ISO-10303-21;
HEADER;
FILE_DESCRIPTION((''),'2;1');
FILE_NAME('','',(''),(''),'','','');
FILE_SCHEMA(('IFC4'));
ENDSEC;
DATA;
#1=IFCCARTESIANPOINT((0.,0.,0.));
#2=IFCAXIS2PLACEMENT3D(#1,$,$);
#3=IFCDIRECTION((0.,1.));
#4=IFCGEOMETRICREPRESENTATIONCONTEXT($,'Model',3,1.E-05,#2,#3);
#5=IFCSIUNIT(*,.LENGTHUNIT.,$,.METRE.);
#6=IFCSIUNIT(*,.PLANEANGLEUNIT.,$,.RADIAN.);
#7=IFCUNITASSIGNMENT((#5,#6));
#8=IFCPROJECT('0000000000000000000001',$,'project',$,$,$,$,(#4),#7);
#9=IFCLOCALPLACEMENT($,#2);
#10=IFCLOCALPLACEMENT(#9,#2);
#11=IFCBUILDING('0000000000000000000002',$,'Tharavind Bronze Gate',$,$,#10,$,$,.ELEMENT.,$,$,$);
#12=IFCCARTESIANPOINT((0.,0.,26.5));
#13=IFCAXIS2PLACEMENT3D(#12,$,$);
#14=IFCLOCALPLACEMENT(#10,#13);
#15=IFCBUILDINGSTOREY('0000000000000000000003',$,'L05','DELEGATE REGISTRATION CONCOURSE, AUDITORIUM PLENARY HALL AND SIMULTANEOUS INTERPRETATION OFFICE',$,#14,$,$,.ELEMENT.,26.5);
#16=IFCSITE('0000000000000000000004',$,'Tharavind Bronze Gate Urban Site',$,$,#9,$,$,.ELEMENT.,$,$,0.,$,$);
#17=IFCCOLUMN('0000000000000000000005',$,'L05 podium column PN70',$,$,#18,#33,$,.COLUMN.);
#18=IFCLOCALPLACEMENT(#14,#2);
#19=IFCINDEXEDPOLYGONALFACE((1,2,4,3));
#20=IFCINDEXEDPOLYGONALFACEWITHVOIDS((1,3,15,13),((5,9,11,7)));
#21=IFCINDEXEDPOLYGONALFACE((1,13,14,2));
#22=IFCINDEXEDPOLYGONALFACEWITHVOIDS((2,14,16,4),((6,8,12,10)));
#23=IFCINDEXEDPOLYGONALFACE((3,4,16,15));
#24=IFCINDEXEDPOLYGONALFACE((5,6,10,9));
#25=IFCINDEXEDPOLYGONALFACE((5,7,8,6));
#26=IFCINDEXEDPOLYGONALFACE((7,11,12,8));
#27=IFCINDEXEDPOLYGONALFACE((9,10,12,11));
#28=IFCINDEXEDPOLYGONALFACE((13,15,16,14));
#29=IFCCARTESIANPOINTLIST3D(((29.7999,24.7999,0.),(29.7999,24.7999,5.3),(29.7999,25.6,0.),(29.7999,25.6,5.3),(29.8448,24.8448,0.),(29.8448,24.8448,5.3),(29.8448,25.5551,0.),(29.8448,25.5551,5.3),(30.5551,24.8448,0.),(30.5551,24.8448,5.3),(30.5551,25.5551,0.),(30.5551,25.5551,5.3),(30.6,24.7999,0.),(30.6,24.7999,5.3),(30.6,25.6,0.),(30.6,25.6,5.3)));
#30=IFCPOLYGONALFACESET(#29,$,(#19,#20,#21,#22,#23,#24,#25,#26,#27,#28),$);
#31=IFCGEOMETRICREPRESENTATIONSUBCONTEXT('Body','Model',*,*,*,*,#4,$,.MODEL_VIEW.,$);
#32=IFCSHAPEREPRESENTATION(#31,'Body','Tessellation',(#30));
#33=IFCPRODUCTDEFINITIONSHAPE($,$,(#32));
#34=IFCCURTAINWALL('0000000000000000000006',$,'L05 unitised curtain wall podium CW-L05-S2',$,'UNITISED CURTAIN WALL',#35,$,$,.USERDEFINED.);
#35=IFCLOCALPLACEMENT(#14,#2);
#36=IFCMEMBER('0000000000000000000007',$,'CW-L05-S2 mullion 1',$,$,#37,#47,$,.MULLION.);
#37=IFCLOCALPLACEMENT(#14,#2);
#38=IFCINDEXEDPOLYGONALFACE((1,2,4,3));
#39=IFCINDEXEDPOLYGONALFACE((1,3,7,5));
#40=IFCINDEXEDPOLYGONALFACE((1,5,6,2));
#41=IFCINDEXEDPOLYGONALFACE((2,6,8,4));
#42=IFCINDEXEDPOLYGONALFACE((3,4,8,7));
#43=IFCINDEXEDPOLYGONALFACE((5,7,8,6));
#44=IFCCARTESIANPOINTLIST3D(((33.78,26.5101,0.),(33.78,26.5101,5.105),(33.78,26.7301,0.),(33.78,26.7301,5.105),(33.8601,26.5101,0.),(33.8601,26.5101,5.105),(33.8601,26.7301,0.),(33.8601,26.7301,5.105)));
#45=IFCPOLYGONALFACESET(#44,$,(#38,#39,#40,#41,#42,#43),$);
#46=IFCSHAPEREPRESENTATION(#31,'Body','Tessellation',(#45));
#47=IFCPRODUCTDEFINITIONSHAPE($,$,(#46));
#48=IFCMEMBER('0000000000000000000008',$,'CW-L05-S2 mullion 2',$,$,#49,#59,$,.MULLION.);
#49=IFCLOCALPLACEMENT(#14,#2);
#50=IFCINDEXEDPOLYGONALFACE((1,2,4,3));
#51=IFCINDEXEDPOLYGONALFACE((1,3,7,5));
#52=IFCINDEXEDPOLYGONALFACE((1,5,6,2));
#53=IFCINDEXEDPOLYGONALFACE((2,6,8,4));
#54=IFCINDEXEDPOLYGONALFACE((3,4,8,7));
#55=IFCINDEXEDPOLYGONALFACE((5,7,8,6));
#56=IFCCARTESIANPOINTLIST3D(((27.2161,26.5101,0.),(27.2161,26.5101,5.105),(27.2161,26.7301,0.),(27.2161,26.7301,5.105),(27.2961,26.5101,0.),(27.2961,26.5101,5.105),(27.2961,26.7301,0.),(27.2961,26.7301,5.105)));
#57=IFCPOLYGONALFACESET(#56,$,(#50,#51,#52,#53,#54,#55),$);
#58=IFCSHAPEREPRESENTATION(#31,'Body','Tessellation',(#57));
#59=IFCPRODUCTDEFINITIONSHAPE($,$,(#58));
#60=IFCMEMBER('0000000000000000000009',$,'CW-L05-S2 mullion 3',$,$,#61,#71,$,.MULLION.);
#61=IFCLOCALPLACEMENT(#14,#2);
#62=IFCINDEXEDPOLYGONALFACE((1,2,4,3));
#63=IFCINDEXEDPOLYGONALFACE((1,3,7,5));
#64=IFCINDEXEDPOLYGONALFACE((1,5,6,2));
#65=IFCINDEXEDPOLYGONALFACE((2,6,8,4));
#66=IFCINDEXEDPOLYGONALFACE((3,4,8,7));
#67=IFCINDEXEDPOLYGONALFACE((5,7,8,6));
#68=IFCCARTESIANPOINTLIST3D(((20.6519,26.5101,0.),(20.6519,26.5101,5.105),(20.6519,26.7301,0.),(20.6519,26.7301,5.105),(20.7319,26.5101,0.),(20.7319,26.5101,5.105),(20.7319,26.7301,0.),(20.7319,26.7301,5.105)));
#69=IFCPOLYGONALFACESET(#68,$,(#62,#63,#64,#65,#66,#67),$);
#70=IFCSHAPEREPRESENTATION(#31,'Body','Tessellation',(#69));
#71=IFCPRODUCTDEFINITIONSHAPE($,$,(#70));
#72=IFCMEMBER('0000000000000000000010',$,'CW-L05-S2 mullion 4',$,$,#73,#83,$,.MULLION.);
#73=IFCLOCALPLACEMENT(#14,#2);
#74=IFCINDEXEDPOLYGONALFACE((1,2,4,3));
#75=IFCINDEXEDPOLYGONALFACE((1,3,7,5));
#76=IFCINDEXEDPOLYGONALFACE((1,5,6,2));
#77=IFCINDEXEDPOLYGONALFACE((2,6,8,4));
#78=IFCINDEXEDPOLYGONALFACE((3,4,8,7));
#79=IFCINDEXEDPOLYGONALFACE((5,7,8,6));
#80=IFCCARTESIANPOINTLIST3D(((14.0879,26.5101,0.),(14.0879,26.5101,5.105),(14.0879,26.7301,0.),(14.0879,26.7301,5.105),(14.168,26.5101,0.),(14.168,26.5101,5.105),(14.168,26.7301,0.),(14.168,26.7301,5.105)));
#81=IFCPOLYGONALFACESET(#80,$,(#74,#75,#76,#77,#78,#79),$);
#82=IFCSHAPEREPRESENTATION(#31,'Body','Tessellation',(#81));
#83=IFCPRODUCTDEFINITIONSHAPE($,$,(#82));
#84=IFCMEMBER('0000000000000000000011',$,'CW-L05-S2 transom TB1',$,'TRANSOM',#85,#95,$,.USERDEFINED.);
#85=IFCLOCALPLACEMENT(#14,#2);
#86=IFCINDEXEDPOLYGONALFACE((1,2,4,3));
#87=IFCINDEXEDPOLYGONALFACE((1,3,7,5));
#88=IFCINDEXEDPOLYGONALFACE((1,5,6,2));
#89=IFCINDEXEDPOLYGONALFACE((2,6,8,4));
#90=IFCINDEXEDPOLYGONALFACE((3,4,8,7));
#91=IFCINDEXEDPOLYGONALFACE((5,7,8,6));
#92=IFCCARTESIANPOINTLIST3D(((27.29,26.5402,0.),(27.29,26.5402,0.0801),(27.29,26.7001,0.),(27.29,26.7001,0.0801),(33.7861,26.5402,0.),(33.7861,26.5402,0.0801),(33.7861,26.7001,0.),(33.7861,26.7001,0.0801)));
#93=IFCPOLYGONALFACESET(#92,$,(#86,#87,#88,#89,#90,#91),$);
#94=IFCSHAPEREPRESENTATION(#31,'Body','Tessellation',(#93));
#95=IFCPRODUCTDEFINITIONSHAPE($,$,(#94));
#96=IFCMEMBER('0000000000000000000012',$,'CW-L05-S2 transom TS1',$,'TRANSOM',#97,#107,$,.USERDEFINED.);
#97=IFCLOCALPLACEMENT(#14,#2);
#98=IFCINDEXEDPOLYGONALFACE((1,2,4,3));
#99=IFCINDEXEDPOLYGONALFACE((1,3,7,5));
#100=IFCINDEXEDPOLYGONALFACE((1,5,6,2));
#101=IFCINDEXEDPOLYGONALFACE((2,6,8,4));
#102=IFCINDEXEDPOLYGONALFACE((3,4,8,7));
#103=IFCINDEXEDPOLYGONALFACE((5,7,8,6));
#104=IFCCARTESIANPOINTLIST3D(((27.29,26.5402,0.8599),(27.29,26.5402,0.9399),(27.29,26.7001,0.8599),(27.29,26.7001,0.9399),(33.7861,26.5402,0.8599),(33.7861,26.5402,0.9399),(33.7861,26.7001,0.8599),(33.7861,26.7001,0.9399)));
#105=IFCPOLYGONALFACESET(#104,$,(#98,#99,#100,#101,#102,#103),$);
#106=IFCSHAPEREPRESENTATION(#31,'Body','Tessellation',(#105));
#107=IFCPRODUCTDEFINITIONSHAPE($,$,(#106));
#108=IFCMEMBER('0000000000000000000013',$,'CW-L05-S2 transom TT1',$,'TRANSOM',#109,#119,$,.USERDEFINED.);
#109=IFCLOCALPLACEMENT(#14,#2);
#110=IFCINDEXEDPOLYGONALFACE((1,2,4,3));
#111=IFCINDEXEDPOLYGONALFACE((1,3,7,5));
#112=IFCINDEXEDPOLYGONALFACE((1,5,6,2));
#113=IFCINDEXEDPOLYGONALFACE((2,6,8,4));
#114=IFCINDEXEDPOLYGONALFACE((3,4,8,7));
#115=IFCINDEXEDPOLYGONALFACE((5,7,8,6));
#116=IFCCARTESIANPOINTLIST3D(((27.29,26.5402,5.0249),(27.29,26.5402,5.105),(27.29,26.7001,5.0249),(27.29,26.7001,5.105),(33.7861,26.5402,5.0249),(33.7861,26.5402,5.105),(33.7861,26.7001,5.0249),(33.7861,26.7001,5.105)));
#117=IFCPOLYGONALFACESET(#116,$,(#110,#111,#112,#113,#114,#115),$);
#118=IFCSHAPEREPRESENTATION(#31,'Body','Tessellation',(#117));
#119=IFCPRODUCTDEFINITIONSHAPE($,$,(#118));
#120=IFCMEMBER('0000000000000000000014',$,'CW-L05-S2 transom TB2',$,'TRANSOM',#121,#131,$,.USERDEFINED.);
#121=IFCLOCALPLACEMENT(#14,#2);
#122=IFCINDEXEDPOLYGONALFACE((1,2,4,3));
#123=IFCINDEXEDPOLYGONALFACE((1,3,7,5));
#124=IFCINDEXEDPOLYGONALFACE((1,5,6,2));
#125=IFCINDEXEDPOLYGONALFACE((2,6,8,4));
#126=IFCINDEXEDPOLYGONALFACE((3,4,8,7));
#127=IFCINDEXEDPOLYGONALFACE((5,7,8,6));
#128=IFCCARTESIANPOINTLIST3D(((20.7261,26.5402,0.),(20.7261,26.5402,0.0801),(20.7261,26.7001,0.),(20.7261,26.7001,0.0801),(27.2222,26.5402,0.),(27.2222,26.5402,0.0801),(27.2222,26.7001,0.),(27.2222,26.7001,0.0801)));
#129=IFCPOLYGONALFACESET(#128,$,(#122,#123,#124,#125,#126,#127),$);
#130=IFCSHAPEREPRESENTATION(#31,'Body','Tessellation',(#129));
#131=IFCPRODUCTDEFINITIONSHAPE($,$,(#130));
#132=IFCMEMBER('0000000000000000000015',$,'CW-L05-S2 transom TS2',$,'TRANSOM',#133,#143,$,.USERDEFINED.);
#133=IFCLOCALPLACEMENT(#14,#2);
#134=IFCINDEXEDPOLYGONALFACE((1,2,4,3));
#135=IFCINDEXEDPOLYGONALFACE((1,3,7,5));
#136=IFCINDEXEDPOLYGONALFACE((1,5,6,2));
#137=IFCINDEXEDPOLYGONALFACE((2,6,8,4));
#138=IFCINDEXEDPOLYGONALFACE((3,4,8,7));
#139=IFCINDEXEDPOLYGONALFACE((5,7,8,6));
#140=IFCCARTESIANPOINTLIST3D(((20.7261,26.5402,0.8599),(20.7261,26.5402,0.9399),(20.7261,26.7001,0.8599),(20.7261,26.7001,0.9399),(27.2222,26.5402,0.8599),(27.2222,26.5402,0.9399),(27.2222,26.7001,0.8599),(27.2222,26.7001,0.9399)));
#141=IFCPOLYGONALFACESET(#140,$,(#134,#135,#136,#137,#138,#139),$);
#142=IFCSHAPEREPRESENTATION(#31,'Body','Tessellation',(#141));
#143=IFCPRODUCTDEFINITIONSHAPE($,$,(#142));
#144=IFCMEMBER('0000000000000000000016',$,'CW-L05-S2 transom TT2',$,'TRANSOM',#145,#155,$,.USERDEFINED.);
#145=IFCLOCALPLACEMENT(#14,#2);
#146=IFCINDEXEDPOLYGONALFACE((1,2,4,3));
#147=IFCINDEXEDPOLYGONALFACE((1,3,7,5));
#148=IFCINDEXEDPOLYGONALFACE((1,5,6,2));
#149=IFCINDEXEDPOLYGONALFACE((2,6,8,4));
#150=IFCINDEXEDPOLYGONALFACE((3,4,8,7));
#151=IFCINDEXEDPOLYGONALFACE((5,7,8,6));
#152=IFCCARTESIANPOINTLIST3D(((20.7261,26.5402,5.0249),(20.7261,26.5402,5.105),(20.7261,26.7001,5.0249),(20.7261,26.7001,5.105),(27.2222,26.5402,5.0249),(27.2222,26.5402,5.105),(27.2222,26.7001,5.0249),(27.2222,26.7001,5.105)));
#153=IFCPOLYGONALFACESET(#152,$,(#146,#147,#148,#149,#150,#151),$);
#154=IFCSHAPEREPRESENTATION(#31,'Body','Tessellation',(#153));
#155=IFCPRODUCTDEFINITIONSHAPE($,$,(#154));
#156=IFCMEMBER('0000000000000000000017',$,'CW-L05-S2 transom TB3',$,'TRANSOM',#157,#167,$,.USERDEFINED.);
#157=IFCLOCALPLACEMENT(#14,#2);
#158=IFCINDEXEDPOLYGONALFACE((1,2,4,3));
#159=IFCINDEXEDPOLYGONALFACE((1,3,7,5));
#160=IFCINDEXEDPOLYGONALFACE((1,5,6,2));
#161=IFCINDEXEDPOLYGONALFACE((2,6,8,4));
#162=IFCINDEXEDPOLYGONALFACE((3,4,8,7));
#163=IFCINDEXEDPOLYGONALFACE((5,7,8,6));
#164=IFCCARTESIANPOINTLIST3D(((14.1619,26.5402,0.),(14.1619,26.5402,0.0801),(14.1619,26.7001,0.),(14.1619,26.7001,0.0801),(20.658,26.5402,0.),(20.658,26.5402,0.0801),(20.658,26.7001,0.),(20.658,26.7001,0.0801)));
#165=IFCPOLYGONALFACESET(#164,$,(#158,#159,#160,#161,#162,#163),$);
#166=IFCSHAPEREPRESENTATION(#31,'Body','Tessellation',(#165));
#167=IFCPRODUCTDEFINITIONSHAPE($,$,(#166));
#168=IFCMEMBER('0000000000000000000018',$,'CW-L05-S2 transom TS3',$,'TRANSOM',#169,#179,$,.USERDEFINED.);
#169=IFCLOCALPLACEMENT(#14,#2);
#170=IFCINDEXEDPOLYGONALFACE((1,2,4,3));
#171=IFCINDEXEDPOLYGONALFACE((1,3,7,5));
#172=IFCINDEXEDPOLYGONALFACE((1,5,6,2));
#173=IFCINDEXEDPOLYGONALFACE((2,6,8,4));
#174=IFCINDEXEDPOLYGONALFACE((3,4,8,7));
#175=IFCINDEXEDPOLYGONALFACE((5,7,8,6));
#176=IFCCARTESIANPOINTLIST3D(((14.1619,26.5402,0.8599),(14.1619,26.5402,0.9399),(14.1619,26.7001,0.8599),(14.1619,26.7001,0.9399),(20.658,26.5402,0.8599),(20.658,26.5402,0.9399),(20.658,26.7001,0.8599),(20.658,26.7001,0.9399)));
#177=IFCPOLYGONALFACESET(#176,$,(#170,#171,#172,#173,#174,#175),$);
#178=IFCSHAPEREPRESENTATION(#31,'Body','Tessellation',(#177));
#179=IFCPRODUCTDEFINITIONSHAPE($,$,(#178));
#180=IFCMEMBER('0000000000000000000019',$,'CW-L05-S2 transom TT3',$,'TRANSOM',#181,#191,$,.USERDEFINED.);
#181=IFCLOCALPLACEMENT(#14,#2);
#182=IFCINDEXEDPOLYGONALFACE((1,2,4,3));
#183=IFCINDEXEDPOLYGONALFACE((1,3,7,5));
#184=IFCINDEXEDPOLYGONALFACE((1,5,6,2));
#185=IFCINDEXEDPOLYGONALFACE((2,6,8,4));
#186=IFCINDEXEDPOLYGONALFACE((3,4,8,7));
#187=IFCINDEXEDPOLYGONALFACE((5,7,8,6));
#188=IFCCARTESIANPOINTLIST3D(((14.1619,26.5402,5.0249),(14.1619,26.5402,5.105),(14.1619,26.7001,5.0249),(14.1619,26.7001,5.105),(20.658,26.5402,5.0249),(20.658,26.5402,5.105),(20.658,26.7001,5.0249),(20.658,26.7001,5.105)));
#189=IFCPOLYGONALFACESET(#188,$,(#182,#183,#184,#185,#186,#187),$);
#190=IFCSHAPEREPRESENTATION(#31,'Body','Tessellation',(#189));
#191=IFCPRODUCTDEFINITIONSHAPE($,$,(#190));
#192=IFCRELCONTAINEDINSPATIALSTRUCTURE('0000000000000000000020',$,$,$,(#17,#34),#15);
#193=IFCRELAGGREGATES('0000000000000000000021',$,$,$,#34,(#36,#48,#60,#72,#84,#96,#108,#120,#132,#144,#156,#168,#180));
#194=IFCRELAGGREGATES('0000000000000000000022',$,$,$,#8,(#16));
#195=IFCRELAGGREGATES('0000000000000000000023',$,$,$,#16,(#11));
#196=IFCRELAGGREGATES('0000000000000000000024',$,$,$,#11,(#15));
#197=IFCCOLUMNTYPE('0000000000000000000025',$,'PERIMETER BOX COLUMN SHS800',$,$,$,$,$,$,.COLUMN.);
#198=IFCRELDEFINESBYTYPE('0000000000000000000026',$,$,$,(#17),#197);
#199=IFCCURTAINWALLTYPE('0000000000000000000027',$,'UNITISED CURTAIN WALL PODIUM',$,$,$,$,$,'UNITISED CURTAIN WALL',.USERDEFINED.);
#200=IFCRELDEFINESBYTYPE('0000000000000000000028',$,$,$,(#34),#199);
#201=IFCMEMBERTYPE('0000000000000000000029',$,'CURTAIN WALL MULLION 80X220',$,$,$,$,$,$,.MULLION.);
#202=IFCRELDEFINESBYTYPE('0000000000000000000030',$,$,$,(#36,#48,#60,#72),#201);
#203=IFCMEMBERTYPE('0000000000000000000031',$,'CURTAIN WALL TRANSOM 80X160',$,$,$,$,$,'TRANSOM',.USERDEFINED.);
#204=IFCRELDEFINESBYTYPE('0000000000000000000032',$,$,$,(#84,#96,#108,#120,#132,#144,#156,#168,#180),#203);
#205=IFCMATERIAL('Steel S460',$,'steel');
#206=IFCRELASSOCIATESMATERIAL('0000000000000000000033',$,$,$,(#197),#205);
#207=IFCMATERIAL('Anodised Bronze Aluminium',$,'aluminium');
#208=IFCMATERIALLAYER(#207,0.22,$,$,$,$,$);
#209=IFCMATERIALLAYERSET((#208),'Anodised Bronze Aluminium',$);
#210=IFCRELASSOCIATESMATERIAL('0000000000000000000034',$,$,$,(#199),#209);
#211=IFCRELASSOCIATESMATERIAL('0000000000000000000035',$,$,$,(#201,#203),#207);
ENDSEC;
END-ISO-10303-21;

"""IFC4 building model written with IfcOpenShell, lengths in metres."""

from ifc_helpers import new_model, si_unit, direction, frame, origin, origin_2d, place, context, subcontext, project, spatial, rectangle, hollow_rectangle, extrude, material, layer, layer_set, material_profile, profile_set, type_object, element, aggregate, save


model = new_model("IFC4")

# Units and contexts
model_context = context("Model", 3, precision=1e-05, world=origin(), true_north=direction((0.0, 1.0)))
body_context = subcontext(model_context, "Body", "Model", "MODEL_VIEW")
ifc_project = project(units=[si_unit("LENGTHUNIT", "METRE"), si_unit("PLANEANGLEUNIT", "RADIAN")], contexts=[model_context])

# Site, building, storey
site_placement = place(None, origin())
site = spatial("IfcSite", under=ifc_project, at=site_placement, Name="Tharavind Bronze Gate Urban Site", CompositionType="ELEMENT", RefElevation=0.0)
building_placement = place(site_placement, origin())
building = spatial("IfcBuilding", under=site, at=building_placement, Name="Tharavind Bronze Gate", CompositionType="ELEMENT")
storey_placement = place(building_placement, frame((0.0, 0.0, 26.5)))
storey = spatial("IfcBuildingStorey", under=building, at=storey_placement, Name="L05", Description="DELEGATE REGISTRATION CONCOURSE, AUDITORIUM PLENARY HALL AND SIMULTANEOUS INTERPRETATION OFFICE", CompositionType="ELEMENT", Elevation=26.5)

# Column
ifc_material_1 = material(Name="Steel S460", Category="steel")
ifc_material_profile_1 = material_profile(ifc_material_1, hollow_rectangle(XDim=0.8, YDim=0.8, WallThickness=0.0449, at=origin_2d()), Name="SHS800X45")
ifc_profile_set_1 = profile_set([ifc_material_profile_1], Name="Steel S460")
column_type = type_object("IfcColumnType", Name="PERIMETER BOX COLUMN SHS800", PredefinedType="COLUMN", material=ifc_profile_set_1)
column_placement = place(storey_placement, frame((30.2, 25.2, 0.0), z_axis=(0.0, 0.0, 1.0), x_axis=(1.0, 0.0, 0.0)))
element("IfcColumn", 1, at=column_placement, inside=storey, type_object=column_type, Name="L05 podium column PN70", PredefinedType="COLUMN", context=body_context, shape_type="SweptSolid", body=[
    extrude(hollow_rectangle(XDim=0.8, YDim=0.8, WallThickness=0.0449, at=origin_2d()), origin(), (0.0, 0.0, 1.0), 5.3),
])

# Curtain wall, members
ifc_material_2 = material(Name="Anodised Bronze Aluminium", Category="aluminium")
ifc_layer_1 = layer(ifc_material_2, 0.22)
ifc_layer_set_1 = layer_set([ifc_layer_1], Name="Anodised Bronze Aluminium")
curtain_wall_type = type_object("IfcCurtainWallType", Name="UNITISED CURTAIN WALL PODIUM", ElementType="UNITISED CURTAIN WALL", PredefinedType="USERDEFINED", material=ifc_layer_set_1)
curtain_wall_placement = place(storey_placement, origin())
curtain_wall = element("IfcCurtainWall", 2, at=curtain_wall_placement, inside=storey, type_object=curtain_wall_type, Name="L05 unitised curtain wall podium CW-L05-S2", ObjectType="UNITISED CURTAIN WALL", PredefinedType="USERDEFINED")
member_type_1 = type_object("IfcMemberType", Name="CURTAIN WALL MULLION 80X220", PredefinedType="MULLION", material=ifc_material_2)
member_1_placement = place(storey_placement, frame((33.8201, 26.6201, 0.0), z_axis=(0.0, 0.0, 1.0), x_axis=(-1.0, 0.0, 0.0)))
member_1 = element("IfcMember", 3, at=member_1_placement, type_object=member_type_1, Name="CW-L05-S2 mullion 1", PredefinedType="MULLION", context=body_context, shape_type="SweptSolid", body=[
    extrude(rectangle(XDim=0.0801, YDim=0.22, at=origin_2d()), origin(), (0.0, 0.0, 1.0), 5.105),
])
member_2_placement = place(storey_placement, frame((27.2561, 26.6201, 0.0), z_axis=(0.0, 0.0, 1.0), x_axis=(-1.0, 0.0, 0.0)))
member_2 = element("IfcMember", 4, at=member_2_placement, type_object=member_type_1, Name="CW-L05-S2 mullion 2", PredefinedType="MULLION", context=body_context, shape_type="SweptSolid", body=[
    extrude(rectangle(XDim=0.0801, YDim=0.22, at=origin_2d()), origin(), (0.0, 0.0, 1.0), 5.105),
])
member_3_placement = place(storey_placement, frame((20.6919, 26.6201, 0.0), z_axis=(0.0, 0.0, 1.0), x_axis=(-1.0, 0.0, 0.0)))
member_3 = element("IfcMember", 5, at=member_3_placement, type_object=member_type_1, Name="CW-L05-S2 mullion 3", PredefinedType="MULLION", context=body_context, shape_type="SweptSolid", body=[
    extrude(rectangle(XDim=0.0801, YDim=0.22, at=origin_2d()), origin(), (0.0, 0.0, 1.0), 5.105),
])
member_4_placement = place(storey_placement, frame((14.1279, 26.6201, 0.0), z_axis=(0.0, 0.0, 1.0), x_axis=(-1.0, 0.0, 0.0)))
member_4 = element("IfcMember", 6, at=member_4_placement, type_object=member_type_1, Name="CW-L05-S2 mullion 4", PredefinedType="MULLION", context=body_context, shape_type="SweptSolid", body=[
    extrude(rectangle(XDim=0.0801, YDim=0.22, at=origin_2d()), origin(), (0.0, 0.0, 1.0), 5.105),
])
member_type_2 = type_object("IfcMemberType", Name="CURTAIN WALL TRANSOM 80X160", ElementType="TRANSOM", PredefinedType="USERDEFINED", material=ifc_material_2)
member_5_placement = place(storey_placement, frame((30.5381, 26.6201, 0.0), z_axis=(0.0, 0.0, 1.0), x_axis=(-1.0, 0.0, 0.0)))
member_5 = element("IfcMember", 7, at=member_5_placement, type_object=member_type_2, Name="CW-L05-S2 transom TB1", ObjectType="TRANSOM", PredefinedType="USERDEFINED", context=body_context, shape_type="SweptSolid", body=[
    extrude(rectangle(XDim=6.4961, YDim=0.1599, at=origin_2d()), origin(), (0.0, 0.0, 1.0), 0.0801),
])
member_6_placement = place(storey_placement, frame((30.5381, 26.6201, 0.8599), z_axis=(0.0, 0.0, 1.0), x_axis=(-1.0, 0.0, 0.0)))
member_6 = element("IfcMember", 8, at=member_6_placement, type_object=member_type_2, Name="CW-L05-S2 transom TS1", ObjectType="TRANSOM", PredefinedType="USERDEFINED", context=body_context, shape_type="SweptSolid", body=[
    extrude(rectangle(XDim=6.4961, YDim=0.1599, at=origin_2d()), origin(), (0.0, 0.0, 1.0), 0.0801),
])
member_7_placement = place(storey_placement, frame((30.5381, 26.6201, 5.0249), z_axis=(0.0, 0.0, 1.0), x_axis=(-1.0, 0.0, 0.0)))
member_7 = element("IfcMember", 9, at=member_7_placement, type_object=member_type_2, Name="CW-L05-S2 transom TT1", ObjectType="TRANSOM", PredefinedType="USERDEFINED", context=body_context, shape_type="SweptSolid", body=[
    extrude(rectangle(XDim=6.4961, YDim=0.1599, at=origin_2d()), origin(), (0.0, 0.0, 1.0), 0.0801),
])
member_8_placement = place(storey_placement, frame((23.9741, 26.6201, 0.0), z_axis=(0.0, 0.0, 1.0), x_axis=(-1.0, 0.0, 0.0)))
member_8 = element("IfcMember", 10, at=member_8_placement, type_object=member_type_2, Name="CW-L05-S2 transom TB2", ObjectType="TRANSOM", PredefinedType="USERDEFINED", context=body_context, shape_type="SweptSolid", body=[
    extrude(rectangle(XDim=6.4961, YDim=0.1599, at=origin_2d()), origin(), (0.0, 0.0, 1.0), 0.0801),
])
member_9_placement = place(storey_placement, frame((23.9741, 26.6201, 0.8599), z_axis=(0.0, 0.0, 1.0), x_axis=(-1.0, 0.0, 0.0)))
member_9 = element("IfcMember", 11, at=member_9_placement, type_object=member_type_2, Name="CW-L05-S2 transom TS2", ObjectType="TRANSOM", PredefinedType="USERDEFINED", context=body_context, shape_type="SweptSolid", body=[
    extrude(rectangle(XDim=6.4961, YDim=0.1599, at=origin_2d()), origin(), (0.0, 0.0, 1.0), 0.0801),
])
member_10_placement = place(storey_placement, frame((23.9741, 26.6201, 5.0249), z_axis=(0.0, 0.0, 1.0), x_axis=(-1.0, 0.0, 0.0)))
member_10 = element("IfcMember", 12, at=member_10_placement, type_object=member_type_2, Name="CW-L05-S2 transom TT2", ObjectType="TRANSOM", PredefinedType="USERDEFINED", context=body_context, shape_type="SweptSolid", body=[
    extrude(rectangle(XDim=6.4961, YDim=0.1599, at=origin_2d()), origin(), (0.0, 0.0, 1.0), 0.0801),
])
member_11_placement = place(storey_placement, frame((17.4099, 26.6201, 0.0), z_axis=(0.0, 0.0, 1.0), x_axis=(-1.0, 0.0, 0.0)))
member_11 = element("IfcMember", 13, at=member_11_placement, type_object=member_type_2, Name="CW-L05-S2 transom TB3", ObjectType="TRANSOM", PredefinedType="USERDEFINED", context=body_context, shape_type="SweptSolid", body=[
    extrude(rectangle(XDim=6.4961, YDim=0.1599, at=origin_2d()), origin(), (0.0, 0.0, 1.0), 0.0801),
])
member_12_placement = place(storey_placement, frame((17.4099, 26.6201, 0.8599), z_axis=(0.0, 0.0, 1.0), x_axis=(-1.0, 0.0, 0.0)))
member_12 = element("IfcMember", 14, at=member_12_placement, type_object=member_type_2, Name="CW-L05-S2 transom TS3", ObjectType="TRANSOM", PredefinedType="USERDEFINED", context=body_context, shape_type="SweptSolid", body=[
    extrude(rectangle(XDim=6.4961, YDim=0.1599, at=origin_2d()), origin(), (0.0, 0.0, 1.0), 0.0801),
])
member_13_placement = place(storey_placement, frame((17.4099, 26.6201, 5.0249), z_axis=(0.0, 0.0, 1.0), x_axis=(-1.0, 0.0, 0.0)))
member_13 = element("IfcMember", 15, at=member_13_placement, type_object=member_type_2, Name="CW-L05-S2 transom TT3", ObjectType="TRANSOM", PredefinedType="USERDEFINED", context=body_context, shape_type="SweptSolid", body=[
    extrude(rectangle(XDim=6.4961, YDim=0.1599, at=origin_2d()), origin(), (0.0, 0.0, 1.0), 0.0801),
])

aggregate(curtain_wall, [member_1, member_2, member_3, member_4, member_5, member_6, member_7, member_8, member_9, member_10, member_11, member_12, member_13])

save(model, "model.ifc")
